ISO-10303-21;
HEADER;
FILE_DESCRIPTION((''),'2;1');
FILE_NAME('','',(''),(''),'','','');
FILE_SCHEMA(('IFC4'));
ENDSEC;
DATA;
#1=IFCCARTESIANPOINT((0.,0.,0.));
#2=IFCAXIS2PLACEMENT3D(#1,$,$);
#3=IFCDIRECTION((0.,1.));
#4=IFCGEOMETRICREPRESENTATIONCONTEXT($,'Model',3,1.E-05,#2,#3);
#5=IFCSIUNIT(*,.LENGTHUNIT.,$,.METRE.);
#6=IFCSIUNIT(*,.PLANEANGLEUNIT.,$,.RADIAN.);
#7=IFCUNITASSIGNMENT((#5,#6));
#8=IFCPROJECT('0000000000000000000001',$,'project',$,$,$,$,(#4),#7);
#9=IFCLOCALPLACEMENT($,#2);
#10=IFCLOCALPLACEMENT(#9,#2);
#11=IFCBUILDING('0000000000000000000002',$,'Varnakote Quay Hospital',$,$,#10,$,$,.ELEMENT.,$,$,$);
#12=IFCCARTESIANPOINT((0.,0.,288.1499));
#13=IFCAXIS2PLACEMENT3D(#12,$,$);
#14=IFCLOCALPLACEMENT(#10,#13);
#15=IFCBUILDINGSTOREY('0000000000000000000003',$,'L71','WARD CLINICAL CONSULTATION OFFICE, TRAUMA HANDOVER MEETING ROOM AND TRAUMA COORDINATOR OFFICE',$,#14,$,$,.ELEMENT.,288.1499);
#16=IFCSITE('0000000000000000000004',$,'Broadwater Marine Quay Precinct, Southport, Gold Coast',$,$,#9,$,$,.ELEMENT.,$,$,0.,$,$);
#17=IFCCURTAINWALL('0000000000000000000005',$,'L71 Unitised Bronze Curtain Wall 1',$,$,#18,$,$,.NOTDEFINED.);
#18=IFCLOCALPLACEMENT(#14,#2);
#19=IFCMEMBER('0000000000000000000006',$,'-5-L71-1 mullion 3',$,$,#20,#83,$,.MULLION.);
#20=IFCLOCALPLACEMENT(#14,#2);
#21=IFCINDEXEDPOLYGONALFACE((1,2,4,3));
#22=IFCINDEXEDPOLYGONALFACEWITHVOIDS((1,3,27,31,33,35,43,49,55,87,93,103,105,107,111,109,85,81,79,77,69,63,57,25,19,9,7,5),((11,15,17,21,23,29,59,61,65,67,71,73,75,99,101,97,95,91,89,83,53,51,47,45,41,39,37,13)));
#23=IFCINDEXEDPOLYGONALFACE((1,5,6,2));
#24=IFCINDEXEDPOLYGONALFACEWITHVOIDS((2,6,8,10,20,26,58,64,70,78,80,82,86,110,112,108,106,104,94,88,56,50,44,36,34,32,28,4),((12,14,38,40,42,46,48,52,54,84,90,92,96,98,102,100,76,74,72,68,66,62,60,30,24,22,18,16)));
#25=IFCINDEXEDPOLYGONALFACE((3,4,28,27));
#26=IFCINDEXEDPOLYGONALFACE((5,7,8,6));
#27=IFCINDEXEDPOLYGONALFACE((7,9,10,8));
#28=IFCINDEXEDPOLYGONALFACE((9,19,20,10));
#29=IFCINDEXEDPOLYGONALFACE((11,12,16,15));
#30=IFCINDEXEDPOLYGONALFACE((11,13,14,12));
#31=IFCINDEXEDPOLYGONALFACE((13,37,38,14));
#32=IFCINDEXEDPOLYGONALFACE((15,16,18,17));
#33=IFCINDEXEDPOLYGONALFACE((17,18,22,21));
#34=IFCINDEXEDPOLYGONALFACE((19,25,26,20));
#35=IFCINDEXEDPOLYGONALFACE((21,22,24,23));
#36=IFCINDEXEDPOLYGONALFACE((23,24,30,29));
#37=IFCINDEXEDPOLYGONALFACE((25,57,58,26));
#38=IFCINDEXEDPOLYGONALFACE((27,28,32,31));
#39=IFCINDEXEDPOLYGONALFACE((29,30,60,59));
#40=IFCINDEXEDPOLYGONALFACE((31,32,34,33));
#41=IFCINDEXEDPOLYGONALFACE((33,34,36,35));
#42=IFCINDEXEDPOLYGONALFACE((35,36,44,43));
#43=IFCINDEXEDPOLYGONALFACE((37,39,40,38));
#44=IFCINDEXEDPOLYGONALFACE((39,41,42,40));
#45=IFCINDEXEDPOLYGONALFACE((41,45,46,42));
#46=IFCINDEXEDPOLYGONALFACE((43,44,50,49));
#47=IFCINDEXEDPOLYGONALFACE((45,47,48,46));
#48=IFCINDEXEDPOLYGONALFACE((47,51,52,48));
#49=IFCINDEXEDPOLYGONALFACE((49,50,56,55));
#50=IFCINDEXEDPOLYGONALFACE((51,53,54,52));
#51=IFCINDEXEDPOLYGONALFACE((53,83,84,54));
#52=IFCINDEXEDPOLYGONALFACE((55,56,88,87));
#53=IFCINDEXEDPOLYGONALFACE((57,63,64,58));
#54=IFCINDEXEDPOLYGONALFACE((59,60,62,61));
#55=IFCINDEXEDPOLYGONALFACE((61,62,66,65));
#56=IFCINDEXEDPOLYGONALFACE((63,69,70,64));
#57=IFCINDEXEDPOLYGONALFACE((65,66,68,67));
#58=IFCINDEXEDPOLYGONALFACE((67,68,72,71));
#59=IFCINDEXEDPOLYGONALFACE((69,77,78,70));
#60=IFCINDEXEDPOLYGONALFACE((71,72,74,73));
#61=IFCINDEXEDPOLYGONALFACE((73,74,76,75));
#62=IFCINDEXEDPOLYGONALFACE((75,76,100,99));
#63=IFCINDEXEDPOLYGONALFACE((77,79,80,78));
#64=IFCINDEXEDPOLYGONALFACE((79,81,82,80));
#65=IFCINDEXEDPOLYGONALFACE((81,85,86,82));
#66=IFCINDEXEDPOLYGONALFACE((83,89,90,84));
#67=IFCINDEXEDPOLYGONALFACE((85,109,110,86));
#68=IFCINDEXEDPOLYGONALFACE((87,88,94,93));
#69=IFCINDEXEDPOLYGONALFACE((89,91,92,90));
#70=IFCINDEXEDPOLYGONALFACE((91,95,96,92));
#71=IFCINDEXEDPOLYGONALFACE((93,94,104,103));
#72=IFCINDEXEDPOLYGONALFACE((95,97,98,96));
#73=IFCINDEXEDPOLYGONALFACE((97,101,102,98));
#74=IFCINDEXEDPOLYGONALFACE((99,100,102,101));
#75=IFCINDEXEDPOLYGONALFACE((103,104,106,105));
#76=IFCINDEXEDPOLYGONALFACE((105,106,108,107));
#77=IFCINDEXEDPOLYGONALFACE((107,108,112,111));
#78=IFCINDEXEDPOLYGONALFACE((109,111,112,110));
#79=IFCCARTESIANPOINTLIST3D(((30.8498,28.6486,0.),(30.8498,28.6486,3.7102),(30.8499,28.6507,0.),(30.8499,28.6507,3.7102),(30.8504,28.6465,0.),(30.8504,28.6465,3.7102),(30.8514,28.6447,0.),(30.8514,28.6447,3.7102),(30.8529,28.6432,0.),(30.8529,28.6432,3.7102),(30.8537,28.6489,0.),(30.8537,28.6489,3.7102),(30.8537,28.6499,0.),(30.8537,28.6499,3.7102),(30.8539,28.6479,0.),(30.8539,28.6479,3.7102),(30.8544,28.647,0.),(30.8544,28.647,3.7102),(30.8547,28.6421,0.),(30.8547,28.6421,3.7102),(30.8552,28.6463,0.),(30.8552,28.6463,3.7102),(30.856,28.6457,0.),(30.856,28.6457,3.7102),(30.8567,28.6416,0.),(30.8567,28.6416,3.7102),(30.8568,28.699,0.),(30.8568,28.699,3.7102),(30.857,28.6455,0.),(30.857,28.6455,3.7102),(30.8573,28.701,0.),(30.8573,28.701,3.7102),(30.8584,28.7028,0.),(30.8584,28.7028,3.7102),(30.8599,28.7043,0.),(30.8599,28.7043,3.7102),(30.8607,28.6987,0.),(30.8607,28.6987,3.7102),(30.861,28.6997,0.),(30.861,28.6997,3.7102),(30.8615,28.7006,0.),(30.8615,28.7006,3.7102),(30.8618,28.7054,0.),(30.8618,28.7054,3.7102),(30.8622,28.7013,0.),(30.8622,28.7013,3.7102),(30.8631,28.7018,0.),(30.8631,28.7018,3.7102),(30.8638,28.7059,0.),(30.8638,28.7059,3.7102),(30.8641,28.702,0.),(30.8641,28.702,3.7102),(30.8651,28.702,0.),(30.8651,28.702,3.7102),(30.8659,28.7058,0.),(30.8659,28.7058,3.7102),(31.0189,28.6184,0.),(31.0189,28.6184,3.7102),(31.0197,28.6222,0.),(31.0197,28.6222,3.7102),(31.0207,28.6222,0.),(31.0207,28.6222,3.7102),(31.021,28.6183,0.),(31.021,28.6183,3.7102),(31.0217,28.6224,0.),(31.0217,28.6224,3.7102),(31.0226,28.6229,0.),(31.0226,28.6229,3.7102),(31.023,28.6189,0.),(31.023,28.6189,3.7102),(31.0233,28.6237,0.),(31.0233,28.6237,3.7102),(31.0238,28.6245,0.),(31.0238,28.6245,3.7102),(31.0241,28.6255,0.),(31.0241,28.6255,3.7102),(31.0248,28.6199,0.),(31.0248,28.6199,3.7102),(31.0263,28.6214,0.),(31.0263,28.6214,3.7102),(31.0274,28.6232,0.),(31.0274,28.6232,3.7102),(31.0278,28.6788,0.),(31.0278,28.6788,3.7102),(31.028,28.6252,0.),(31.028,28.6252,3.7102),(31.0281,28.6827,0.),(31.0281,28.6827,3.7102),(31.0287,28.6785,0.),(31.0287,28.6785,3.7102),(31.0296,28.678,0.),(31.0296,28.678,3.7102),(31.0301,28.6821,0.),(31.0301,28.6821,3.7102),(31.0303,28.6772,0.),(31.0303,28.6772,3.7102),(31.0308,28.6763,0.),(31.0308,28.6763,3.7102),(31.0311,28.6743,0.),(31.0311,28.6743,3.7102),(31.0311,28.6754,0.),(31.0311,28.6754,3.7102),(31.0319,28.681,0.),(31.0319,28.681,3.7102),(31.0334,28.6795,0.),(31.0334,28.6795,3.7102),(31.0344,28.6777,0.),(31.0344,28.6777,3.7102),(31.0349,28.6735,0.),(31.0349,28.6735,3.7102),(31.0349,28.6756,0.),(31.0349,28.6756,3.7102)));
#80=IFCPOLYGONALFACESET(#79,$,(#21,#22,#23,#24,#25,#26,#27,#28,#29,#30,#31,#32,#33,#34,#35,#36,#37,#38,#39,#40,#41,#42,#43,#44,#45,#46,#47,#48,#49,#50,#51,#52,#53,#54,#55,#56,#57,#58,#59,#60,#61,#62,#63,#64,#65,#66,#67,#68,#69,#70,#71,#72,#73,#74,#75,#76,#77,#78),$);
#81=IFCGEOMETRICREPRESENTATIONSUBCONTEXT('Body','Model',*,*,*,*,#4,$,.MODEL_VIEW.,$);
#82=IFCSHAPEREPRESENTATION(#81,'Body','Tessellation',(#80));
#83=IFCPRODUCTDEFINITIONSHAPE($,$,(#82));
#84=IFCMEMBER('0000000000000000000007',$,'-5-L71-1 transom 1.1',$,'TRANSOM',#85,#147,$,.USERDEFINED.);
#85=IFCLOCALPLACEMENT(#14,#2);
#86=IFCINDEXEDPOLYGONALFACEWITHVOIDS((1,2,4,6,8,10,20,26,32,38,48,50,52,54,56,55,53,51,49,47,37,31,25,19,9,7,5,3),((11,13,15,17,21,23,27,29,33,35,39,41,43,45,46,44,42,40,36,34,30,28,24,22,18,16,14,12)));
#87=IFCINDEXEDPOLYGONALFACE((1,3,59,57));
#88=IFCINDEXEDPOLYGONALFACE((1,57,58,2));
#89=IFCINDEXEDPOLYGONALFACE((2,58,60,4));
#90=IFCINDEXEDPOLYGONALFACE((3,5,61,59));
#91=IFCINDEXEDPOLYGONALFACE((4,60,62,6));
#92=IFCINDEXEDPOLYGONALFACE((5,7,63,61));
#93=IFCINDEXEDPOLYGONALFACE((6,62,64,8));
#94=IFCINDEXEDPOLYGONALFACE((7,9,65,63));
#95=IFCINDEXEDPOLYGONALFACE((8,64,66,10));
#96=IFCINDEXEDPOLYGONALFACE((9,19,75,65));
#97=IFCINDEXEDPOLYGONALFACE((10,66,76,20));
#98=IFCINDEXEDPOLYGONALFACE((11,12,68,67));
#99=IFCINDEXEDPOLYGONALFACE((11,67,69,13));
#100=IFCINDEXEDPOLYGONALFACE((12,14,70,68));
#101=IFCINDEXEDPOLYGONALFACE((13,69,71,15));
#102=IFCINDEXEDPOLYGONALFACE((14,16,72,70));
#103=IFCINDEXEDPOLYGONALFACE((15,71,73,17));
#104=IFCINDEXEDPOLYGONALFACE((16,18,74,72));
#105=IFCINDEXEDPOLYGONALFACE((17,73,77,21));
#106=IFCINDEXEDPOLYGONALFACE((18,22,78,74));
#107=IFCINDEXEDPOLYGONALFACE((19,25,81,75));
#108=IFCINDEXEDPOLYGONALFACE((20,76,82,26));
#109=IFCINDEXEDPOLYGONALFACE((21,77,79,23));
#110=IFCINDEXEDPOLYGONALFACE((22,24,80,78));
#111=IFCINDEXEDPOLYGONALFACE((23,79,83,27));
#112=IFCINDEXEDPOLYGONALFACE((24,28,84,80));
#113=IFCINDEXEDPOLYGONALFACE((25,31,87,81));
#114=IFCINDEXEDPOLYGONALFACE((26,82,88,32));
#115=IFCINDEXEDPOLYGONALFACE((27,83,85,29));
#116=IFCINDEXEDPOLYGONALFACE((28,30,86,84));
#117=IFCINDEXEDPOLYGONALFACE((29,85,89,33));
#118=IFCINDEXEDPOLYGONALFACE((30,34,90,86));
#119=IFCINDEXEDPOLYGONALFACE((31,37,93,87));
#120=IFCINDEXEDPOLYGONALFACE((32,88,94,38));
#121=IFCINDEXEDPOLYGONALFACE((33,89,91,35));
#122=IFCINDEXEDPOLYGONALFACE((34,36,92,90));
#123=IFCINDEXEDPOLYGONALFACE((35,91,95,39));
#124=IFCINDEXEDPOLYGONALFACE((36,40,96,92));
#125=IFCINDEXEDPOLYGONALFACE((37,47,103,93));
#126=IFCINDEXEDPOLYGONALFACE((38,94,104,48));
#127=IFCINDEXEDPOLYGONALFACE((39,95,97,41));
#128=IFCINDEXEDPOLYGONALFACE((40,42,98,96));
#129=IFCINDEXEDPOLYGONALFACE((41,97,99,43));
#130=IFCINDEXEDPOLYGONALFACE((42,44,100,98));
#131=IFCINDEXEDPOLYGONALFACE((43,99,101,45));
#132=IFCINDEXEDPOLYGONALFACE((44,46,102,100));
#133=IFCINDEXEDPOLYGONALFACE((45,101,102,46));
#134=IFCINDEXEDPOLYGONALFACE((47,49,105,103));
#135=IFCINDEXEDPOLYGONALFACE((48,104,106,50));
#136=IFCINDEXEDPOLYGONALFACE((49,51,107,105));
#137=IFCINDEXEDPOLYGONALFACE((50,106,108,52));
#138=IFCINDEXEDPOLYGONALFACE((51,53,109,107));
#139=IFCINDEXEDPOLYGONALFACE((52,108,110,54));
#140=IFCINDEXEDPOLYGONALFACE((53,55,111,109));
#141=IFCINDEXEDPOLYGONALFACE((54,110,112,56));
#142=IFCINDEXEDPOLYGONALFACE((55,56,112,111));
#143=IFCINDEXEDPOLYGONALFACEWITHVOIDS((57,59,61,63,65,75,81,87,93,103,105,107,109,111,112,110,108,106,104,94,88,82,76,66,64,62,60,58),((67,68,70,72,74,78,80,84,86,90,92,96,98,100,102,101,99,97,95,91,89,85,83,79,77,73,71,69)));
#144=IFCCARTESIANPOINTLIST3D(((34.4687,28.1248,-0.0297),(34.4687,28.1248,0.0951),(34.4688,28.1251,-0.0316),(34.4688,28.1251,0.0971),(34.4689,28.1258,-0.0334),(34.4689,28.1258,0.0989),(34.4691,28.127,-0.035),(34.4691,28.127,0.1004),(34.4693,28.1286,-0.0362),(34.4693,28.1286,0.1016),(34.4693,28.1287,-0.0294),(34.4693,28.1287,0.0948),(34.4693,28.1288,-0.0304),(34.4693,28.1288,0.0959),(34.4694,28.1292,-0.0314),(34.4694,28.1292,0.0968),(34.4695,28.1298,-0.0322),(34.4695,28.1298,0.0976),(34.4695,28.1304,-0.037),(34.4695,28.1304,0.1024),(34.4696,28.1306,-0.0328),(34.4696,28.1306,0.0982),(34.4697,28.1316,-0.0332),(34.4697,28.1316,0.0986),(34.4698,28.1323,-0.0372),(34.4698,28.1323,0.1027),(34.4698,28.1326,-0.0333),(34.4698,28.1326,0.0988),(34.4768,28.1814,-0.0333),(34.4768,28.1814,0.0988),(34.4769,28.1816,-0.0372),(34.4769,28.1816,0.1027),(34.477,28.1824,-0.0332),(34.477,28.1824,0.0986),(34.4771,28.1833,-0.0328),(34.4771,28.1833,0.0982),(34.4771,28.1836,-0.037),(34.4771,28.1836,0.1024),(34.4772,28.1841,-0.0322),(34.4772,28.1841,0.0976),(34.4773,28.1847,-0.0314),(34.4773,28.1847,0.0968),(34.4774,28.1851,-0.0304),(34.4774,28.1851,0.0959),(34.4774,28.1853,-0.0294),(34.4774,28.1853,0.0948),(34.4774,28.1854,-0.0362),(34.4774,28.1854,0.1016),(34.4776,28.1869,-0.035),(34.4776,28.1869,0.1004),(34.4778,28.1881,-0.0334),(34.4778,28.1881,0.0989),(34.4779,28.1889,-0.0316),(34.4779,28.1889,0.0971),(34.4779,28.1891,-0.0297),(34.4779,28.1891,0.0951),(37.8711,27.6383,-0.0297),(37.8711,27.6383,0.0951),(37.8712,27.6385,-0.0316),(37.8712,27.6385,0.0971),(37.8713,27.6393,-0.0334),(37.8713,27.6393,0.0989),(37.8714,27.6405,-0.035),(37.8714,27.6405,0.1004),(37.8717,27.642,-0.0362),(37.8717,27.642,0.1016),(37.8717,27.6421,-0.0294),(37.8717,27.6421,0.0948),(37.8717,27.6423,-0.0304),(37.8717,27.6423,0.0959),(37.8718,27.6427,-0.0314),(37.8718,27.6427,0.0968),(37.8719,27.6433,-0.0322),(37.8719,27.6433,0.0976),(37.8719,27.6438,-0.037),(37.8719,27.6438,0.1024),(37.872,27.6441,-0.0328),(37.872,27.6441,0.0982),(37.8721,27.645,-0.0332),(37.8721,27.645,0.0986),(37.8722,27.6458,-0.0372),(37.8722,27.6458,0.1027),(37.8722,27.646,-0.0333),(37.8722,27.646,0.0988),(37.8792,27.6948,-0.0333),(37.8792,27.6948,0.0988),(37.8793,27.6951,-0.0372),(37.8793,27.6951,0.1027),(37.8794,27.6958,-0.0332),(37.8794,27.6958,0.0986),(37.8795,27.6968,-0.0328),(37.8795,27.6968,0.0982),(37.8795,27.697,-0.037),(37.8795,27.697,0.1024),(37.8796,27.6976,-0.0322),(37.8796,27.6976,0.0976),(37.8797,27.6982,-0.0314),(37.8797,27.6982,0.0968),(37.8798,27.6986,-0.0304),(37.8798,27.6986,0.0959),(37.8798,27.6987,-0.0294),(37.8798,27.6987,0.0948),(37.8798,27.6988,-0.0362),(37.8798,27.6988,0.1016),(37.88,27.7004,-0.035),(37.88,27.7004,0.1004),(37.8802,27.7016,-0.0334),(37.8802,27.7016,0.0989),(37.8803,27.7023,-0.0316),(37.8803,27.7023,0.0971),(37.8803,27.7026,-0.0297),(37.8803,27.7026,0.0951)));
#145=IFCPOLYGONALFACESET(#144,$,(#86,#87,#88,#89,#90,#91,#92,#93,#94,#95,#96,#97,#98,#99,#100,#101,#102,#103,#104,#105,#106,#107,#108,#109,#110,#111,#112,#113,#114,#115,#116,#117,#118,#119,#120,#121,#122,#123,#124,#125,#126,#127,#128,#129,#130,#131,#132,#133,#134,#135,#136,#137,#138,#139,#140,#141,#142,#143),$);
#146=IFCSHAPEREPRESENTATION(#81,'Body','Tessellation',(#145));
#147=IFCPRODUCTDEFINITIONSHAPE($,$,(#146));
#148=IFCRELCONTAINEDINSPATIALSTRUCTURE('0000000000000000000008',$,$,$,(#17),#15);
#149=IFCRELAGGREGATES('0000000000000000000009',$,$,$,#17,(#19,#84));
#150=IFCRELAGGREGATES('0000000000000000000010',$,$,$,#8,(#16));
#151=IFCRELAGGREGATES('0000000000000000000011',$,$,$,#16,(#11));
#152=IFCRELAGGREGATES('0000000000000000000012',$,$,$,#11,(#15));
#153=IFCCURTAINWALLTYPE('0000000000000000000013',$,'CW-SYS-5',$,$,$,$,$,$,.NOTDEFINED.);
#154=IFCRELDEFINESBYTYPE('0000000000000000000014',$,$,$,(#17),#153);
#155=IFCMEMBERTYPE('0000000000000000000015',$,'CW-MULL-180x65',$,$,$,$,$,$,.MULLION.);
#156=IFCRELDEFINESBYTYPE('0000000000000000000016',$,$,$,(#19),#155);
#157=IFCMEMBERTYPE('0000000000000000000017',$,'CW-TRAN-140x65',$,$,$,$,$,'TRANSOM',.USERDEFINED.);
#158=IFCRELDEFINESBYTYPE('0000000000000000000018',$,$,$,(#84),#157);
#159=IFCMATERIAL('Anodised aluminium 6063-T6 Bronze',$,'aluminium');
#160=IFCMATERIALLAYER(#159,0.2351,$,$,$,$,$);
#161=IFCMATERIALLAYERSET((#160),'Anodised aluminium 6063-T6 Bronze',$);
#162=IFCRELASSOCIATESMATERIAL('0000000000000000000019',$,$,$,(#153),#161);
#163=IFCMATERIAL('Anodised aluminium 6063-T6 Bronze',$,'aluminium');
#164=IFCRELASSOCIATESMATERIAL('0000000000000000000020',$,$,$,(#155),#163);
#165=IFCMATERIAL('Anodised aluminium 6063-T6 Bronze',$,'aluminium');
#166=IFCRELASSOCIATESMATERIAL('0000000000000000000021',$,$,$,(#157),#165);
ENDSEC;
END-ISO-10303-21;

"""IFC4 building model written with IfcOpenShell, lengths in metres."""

from ifc_helpers import new_model, si_unit, direction, frame, origin, origin_2d, place, context, subcontext, project, spatial, hollow_rectangle, extrude, material, layer, layer_set, material_profile, profile_set, type_object, element, aggregate, save


model = new_model("IFC4")

# Units and contexts
model_context = context("Model", 3, precision=1e-05, world=origin(), true_north=direction((0.0, 1.0)))
body_context = subcontext(model_context, "Body", "Model", "MODEL_VIEW")
ifc_project = project(units=[si_unit("LENGTHUNIT", "METRE"), si_unit("PLANEANGLEUNIT", "RADIAN")], contexts=[model_context])

# Site, building, storey
site_placement = place(None, origin())
site = spatial("IfcSite", under=ifc_project, at=site_placement, Name="Broadwater Marine Quay Precinct, Southport, Gold Coast", CompositionType="ELEMENT", RefElevation=0.0)
building_placement = place(site_placement, origin())
building = spatial("IfcBuilding", under=site, at=building_placement, Name="Varnakote Quay Hospital", CompositionType="ELEMENT")
storey_placement = place(building_placement, frame((0.0, 0.0, 288.1499)))
storey = spatial("IfcBuildingStorey", under=building, at=storey_placement, Name="L71", Description="WARD CLINICAL CONSULTATION OFFICE, TRAUMA HANDOVER MEETING ROOM AND TRAUMA COORDINATOR OFFICE", CompositionType="ELEMENT", Elevation=288.1499)

# Curtain wall, members
ifc_material_1 = material(Name="Anodised aluminium 6063-T6 Bronze", Category="aluminium")
ifc_layer_1 = layer(ifc_material_1, 0.2351)
ifc_layer_set_1 = layer_set([ifc_layer_1], Name="Anodised aluminium 6063-T6 Bronze")
curtain_wall_type = type_object("IfcCurtainWallType", Name="CW-SYS-5", PredefinedType="NOTDEFINED", material=ifc_layer_set_1)
curtain_wall_placement = place(storey_placement, origin())
curtain_wall = element("IfcCurtainWall", 1, at=curtain_wall_placement, inside=storey, type_object=curtain_wall_type, Name="L71 Unitised Bronze Curtain Wall 1", PredefinedType="NOTDEFINED")
ifc_material_2 = material(Name="Anodised aluminium 6063-T6 Bronze", Category="aluminium")
ifc_material_profile_1 = material_profile(ifc_material_2, hollow_rectangle(XDim=0.0649, YDim=0.1799, WallThickness=0.0039, InnerFilletRadius=0.0039, OuterFilletRadius=0.0081, at=origin_2d()), Name="CW-MULL-180x65")
ifc_profile_set_1 = profile_set([ifc_material_profile_1], Name="Anodised aluminium 6063-T6 Bronze")
member_type_1 = type_object("IfcMemberType", Name="CW-MULL-180x65", PredefinedType="MULLION", material=ifc_profile_set_1)
member_1_placement = place(storey_placement, frame((30.9424, 28.6621, 0.0), z_axis=(0.0, 0.0, 1.0), x_axis=(-0.141572, -0.989928, 0.0)))
member_1 = element("IfcMember", 2, at=member_1_placement, type_object=member_type_1, Name="-5-L71-1 mullion 3", PredefinedType="MULLION", context=body_context, shape_type="SweptSolid", body=[
    extrude(hollow_rectangle(XDim=0.0649, YDim=0.1799, WallThickness=0.0039, InnerFilletRadius=0.0039, OuterFilletRadius=0.0081, at=origin_2d()), origin(), (0.0, 0.0, 1.0), 3.7102),
])
ifc_material_3 = material(Name="Anodised aluminium 6063-T6 Bronze", Category="aluminium")
ifc_material_profile_2 = material_profile(ifc_material_3, hollow_rectangle(XDim=0.0649, YDim=0.1399, WallThickness=0.0039, InnerFilletRadius=0.0039, OuterFilletRadius=0.0076, at=origin_2d()), Name="CW-TRAN-140x65")
ifc_profile_set_2 = profile_set([ifc_material_profile_2], Name="Anodised aluminium 6063-T6 Bronze")
member_type_2 = type_object("IfcMemberType", Name="CW-TRAN-140x65", ElementType="TRANSOM", PredefinedType="USERDEFINED", material=ifc_profile_set_2)
member_2_placement = place(storey_placement, frame((37.8757, 27.6704, 0.0327), z_axis=(-0.989928, 0.141571, 0.0), x_axis=(-0.141571, -0.989928, 0.0)))
member_2 = element("IfcMember", 3, at=member_2_placement, type_object=member_type_2, Name="-5-L71-1 transom 1.1", ObjectType="TRANSOM", PredefinedType="USERDEFINED", context=body_context, shape_type="SweptSolid", body=[
    extrude(hollow_rectangle(XDim=0.0649, YDim=0.1399, WallThickness=0.0039, InnerFilletRadius=0.0039, OuterFilletRadius=0.0076, at=origin_2d()), origin(), (0.0, 0.0, 1.0), 3.437),
])
aggregate(curtain_wall, [member_1, member_2])

save(model, "model.ifc")
